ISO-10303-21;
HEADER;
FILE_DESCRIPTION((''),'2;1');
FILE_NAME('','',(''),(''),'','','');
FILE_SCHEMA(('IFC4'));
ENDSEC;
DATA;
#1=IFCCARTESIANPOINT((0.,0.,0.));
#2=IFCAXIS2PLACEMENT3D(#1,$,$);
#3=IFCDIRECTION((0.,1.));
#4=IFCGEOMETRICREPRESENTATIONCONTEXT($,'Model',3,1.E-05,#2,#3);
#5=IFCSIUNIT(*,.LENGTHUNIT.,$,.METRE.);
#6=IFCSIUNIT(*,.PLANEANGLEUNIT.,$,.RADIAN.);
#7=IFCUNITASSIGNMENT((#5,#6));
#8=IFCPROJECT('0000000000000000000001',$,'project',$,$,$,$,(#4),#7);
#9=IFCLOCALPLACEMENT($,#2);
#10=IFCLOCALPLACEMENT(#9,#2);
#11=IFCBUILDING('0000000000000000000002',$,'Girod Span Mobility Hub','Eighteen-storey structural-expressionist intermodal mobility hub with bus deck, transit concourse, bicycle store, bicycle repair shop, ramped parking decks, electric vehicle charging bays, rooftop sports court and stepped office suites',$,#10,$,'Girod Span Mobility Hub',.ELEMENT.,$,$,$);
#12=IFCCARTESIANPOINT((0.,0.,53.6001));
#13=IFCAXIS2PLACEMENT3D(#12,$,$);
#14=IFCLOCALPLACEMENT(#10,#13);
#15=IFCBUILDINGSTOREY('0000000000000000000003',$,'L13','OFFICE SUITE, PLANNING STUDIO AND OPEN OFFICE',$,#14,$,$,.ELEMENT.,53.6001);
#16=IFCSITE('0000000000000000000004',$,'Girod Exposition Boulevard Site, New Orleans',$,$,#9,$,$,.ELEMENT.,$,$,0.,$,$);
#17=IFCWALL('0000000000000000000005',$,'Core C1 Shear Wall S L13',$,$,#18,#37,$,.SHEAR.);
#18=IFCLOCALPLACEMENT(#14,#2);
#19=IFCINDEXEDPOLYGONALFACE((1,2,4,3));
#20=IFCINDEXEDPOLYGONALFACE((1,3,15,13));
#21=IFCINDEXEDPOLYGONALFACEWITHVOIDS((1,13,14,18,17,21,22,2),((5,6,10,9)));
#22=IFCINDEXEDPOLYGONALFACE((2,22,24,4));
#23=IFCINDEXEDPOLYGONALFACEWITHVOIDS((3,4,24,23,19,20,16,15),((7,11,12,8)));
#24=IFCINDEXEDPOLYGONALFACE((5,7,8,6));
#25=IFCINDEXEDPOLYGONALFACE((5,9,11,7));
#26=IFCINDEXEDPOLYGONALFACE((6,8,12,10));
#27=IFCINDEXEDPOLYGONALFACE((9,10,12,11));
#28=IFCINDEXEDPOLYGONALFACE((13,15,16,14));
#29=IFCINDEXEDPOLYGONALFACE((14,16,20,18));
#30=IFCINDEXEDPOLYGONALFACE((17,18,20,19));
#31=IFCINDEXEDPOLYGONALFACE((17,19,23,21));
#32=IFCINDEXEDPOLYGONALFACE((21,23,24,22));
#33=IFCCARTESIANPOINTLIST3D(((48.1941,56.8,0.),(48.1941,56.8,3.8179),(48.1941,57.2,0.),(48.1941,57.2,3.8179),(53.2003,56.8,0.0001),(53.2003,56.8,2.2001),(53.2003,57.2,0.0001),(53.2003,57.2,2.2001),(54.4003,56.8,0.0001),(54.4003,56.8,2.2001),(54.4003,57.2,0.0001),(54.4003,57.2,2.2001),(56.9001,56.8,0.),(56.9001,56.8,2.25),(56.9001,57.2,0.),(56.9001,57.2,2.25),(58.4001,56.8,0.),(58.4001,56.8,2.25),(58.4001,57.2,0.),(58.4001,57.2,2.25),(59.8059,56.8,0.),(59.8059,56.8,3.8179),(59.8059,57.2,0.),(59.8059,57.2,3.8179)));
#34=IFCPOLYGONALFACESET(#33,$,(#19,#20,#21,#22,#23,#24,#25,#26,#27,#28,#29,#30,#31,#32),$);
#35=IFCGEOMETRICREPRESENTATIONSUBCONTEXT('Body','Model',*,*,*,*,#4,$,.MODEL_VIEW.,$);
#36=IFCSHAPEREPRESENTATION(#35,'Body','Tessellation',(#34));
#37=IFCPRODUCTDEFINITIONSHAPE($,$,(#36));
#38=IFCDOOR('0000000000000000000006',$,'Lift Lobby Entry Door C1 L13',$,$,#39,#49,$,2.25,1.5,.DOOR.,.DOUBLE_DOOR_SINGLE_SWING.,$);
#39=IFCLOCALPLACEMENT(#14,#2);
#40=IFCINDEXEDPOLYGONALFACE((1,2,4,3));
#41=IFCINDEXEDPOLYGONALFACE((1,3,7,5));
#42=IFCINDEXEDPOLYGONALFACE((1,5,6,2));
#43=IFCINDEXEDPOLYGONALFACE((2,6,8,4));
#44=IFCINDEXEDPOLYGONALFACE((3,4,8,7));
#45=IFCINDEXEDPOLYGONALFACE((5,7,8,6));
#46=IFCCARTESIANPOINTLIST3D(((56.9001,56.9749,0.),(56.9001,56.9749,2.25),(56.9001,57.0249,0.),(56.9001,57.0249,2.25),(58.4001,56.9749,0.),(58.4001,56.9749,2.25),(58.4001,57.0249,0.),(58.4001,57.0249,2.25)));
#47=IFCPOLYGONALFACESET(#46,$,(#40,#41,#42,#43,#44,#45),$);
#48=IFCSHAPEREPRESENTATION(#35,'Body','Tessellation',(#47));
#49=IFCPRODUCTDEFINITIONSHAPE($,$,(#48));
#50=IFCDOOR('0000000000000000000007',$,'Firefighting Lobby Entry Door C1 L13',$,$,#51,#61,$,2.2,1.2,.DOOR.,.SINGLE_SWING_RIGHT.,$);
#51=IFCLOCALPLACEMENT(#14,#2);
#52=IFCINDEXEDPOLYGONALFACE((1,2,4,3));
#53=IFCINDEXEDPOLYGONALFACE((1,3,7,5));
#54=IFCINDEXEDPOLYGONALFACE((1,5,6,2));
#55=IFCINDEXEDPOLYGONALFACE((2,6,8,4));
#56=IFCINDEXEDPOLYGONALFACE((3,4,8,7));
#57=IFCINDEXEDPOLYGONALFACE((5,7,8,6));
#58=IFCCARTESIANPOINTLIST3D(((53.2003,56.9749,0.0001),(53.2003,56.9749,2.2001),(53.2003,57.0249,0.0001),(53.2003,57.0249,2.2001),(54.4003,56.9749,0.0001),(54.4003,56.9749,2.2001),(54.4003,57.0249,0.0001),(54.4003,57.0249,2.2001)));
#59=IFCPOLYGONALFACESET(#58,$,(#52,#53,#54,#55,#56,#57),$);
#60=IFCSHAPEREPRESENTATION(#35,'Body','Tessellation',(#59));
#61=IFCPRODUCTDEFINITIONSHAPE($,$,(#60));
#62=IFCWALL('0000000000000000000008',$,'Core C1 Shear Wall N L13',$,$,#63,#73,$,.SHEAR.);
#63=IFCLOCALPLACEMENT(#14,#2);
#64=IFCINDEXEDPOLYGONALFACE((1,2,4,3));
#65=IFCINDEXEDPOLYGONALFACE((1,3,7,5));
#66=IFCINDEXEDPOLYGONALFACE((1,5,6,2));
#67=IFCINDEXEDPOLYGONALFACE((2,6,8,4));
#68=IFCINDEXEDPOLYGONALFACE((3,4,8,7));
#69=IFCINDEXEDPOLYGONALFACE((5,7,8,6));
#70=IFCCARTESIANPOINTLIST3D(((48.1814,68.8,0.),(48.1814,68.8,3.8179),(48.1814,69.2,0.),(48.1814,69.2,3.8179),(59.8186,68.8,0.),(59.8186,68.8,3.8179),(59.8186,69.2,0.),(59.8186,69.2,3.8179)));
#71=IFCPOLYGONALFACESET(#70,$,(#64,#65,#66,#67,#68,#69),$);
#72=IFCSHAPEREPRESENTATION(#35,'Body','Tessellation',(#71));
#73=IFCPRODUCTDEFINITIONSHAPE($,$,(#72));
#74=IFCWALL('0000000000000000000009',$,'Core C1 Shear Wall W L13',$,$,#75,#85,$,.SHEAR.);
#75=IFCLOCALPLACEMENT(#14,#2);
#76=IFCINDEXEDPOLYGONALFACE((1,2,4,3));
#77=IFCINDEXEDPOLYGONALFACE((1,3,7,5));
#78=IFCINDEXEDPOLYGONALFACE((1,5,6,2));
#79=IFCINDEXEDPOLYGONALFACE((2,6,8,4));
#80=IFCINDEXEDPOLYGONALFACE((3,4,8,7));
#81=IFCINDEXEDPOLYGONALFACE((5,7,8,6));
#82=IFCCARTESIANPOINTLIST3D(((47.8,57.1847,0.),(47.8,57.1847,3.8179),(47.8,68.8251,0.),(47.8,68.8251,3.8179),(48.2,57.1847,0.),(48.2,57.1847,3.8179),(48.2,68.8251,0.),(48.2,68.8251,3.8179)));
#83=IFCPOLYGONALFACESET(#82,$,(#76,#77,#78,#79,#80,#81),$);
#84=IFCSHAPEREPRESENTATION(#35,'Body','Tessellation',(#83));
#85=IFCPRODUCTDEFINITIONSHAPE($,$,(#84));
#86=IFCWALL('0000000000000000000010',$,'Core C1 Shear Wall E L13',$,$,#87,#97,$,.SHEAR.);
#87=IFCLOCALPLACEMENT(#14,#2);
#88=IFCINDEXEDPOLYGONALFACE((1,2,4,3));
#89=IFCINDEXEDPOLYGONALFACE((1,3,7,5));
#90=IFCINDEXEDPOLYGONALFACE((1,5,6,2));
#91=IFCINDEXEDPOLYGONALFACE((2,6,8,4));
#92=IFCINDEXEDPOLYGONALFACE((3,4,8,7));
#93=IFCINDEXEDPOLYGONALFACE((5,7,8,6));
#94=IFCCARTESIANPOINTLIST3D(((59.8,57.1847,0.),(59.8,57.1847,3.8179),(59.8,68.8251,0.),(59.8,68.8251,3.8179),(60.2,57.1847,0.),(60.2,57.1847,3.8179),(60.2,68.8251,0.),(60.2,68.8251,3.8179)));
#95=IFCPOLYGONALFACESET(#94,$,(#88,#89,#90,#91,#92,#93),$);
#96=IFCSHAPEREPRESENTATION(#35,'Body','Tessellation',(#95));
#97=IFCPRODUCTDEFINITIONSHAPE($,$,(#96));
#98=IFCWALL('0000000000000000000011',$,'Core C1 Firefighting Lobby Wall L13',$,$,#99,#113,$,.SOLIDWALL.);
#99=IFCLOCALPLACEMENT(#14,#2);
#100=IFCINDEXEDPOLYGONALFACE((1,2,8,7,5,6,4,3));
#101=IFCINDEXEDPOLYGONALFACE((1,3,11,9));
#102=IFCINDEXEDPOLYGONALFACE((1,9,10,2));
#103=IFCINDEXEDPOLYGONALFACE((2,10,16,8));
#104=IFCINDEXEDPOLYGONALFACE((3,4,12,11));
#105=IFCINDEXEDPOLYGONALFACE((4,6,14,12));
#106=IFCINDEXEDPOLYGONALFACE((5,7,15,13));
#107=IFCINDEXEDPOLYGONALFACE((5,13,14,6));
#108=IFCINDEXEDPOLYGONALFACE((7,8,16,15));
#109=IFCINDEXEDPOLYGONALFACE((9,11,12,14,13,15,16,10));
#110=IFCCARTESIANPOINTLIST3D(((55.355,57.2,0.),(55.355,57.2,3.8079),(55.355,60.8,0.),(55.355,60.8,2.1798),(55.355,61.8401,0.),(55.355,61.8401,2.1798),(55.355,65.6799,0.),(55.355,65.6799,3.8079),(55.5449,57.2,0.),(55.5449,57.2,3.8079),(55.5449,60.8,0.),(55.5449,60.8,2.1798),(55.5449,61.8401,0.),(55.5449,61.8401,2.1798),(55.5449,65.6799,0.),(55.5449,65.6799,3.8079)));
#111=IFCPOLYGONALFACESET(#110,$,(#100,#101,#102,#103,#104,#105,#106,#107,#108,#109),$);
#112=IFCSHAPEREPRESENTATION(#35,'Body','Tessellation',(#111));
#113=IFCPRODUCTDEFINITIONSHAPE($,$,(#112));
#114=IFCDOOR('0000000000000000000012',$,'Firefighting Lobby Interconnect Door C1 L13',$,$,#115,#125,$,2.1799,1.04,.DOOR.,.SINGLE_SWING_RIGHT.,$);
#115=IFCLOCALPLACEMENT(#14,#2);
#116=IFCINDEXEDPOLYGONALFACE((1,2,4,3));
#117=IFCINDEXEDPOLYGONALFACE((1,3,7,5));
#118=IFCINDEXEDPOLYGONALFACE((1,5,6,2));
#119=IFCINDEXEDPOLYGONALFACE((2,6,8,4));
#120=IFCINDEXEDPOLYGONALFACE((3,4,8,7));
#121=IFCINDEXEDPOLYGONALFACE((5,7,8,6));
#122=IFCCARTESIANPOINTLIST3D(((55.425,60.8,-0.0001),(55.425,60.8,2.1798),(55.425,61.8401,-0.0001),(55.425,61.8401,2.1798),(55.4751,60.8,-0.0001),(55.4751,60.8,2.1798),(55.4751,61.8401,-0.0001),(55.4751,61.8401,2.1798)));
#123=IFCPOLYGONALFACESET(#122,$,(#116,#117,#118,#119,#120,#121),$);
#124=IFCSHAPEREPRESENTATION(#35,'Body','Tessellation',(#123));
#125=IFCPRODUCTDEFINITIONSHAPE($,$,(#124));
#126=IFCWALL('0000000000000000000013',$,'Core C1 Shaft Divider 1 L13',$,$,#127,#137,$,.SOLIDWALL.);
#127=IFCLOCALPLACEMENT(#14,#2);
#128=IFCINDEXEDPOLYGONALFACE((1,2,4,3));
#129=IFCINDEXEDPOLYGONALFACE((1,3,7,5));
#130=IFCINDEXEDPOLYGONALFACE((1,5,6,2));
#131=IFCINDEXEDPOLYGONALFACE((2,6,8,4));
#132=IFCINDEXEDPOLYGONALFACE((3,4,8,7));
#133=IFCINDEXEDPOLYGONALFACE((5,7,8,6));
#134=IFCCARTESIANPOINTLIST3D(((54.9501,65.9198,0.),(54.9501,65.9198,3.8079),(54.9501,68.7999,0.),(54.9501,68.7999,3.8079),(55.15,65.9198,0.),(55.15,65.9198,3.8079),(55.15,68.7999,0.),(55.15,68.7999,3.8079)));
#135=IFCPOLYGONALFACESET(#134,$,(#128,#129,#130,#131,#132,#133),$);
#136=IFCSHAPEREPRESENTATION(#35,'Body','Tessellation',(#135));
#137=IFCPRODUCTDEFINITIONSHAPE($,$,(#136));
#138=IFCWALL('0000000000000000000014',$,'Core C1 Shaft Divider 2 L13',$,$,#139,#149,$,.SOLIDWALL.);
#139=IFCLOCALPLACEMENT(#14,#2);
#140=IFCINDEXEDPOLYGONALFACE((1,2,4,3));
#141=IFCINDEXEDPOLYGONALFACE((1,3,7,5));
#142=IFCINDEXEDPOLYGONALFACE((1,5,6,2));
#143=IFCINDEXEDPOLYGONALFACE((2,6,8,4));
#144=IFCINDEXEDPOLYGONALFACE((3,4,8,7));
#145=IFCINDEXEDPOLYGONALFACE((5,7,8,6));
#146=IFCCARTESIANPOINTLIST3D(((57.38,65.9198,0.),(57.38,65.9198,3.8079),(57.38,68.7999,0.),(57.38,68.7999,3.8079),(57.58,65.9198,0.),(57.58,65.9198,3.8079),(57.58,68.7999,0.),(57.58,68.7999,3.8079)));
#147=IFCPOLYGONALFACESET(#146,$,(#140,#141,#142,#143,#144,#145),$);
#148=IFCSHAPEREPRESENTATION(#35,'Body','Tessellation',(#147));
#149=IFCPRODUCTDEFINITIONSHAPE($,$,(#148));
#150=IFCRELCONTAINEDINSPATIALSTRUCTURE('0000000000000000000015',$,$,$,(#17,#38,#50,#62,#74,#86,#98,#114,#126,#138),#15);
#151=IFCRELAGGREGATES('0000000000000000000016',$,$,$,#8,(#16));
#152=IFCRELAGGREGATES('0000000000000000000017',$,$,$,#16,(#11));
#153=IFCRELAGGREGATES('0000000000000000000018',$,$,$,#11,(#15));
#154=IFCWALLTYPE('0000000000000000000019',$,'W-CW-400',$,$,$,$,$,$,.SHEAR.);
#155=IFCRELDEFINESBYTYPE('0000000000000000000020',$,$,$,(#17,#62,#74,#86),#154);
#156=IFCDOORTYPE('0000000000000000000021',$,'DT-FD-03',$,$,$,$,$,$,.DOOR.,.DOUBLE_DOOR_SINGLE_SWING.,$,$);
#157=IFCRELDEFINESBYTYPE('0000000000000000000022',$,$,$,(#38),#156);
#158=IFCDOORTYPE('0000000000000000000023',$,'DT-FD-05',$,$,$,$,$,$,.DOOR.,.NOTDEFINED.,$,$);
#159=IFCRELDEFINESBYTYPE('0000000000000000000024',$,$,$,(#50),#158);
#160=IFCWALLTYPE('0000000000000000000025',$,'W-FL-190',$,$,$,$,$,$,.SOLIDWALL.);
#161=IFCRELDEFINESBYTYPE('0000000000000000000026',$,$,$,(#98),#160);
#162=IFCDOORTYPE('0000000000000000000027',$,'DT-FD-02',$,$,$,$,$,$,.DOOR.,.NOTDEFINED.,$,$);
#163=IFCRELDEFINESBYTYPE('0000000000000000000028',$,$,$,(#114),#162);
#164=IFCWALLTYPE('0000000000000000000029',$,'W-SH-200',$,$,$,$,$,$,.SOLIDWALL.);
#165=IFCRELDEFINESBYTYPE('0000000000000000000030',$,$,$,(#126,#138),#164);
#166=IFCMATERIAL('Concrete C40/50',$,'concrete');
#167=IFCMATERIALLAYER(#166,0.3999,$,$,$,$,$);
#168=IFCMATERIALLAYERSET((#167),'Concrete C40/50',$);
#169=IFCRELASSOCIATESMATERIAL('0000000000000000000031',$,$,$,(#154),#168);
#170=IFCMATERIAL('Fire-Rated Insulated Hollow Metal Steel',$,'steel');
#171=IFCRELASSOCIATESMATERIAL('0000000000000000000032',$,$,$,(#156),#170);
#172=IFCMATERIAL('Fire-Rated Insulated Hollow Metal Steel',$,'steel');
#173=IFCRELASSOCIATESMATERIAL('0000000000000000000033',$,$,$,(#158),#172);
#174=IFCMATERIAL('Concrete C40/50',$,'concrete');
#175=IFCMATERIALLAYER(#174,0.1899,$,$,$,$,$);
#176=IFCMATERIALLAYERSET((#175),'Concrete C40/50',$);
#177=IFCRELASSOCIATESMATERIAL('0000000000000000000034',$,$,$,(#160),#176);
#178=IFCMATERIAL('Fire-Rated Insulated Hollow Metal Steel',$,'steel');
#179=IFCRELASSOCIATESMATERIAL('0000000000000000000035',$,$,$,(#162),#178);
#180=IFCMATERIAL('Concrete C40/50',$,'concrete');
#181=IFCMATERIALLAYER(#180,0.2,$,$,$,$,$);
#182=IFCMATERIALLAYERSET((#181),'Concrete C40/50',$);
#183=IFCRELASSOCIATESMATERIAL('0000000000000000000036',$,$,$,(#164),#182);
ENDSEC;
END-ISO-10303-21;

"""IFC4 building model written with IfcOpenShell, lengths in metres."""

from ifc_helpers import new_model, si_unit, direction, frame, frame_2d, origin, place, context, subcontext, project, spatial, rectangle, extrude, material, layer, layer_set, type_object, element, fill, save


model = new_model("IFC4")

# Units and contexts
model_context = context("Model", 3, precision=1e-05, world=origin(), true_north=direction((0.0, 1.0)))
body_context = subcontext(model_context, "Body", "Model", "MODEL_VIEW")
ifc_project = project(units=[si_unit("LENGTHUNIT", "METRE"), si_unit("PLANEANGLEUNIT", "RADIAN")], contexts=[model_context])

# Site, building, storey
site_placement = place(None, origin())
site = spatial("IfcSite", under=ifc_project, at=site_placement, Name="Girod Exposition Boulevard Site, New Orleans", CompositionType="ELEMENT", RefElevation=0.0)
building_placement = place(site_placement, origin())
building = spatial("IfcBuilding", under=site, at=building_placement, Name="Girod Span Mobility Hub", Description="Eighteen-storey structural-expressionist intermodal mobility hub with bus deck, transit concourse, bicycle store, bicycle repair shop, ramped parking decks, electric vehicle charging bays, rooftop sports court and stepped office suites", LongName="Girod Span Mobility Hub", CompositionType="ELEMENT")
storey_placement = place(building_placement, frame((0.0, 0.0, 53.6001)))
storey = spatial("IfcBuildingStorey", under=building, at=storey_placement, Name="L13", Description="OFFICE SUITE, PLANNING STUDIO AND OPEN OFFICE", CompositionType="ELEMENT", Elevation=53.6001)

# Wall, openings, doors
ifc_material_1 = material(Name="Concrete C40/50", Category="concrete")
ifc_layer_1 = layer(ifc_material_1, 0.3999)
ifc_layer_set_1 = layer_set([ifc_layer_1], Name="Concrete C40/50")
wall_type_1 = type_object("IfcWallType", Name="W-CW-400", PredefinedType="SHEAR", material=ifc_layer_set_1)
wall_1_placement = place(storey_placement, frame((48.1941, 57.0, 0.0), z_axis=(0.0, 0.0, 1.0), x_axis=(1.0, 0.0, 0.0)))
wall_1 = element("IfcWall", 1, at=wall_1_placement, inside=storey, type_object=wall_type_1, Name="Core C1 Shear Wall S L13", PredefinedType="SHEAR", context=body_context, shape_type="SweptSolid", body=[
    extrude(rectangle(XDim=11.6118, YDim=0.3999, at=frame_2d((5.8059, 0.0))), origin(), (0.0, 0.0, 1.0), 3.8179),
])
opening_1_placement = place(wall_1_placement, frame((5.0061, 0.0, 0.0)))
opening_1 = element("IfcOpeningElement", 2, at=opening_1_placement, cuts=wall_1, PredefinedType="OPENING", context=body_context, shape_type="SweptSolid", body=[
    extrude(rectangle(XDim=1.2, YDim=2.2, at=frame_2d((0.6001, 1.1001))), frame((0.0, 0.2148, 0.0), z_axis=(0.0, -1.0, 0.0), x_axis=(1.0, 0.0, 0.0)), (0.0, 0.0, 1.0), 0.4299),
])
opening_2_placement = place(wall_1_placement, frame((8.7061, 0.0, 0.0)))
opening_2 = element("IfcOpeningElement", 3, at=opening_2_placement, cuts=wall_1, PredefinedType="OPENING", context=body_context, shape_type="SweptSolid", body=[
    extrude(rectangle(XDim=1.5, YDim=2.25, at=frame_2d((0.75, 1.125))), frame((0.0, 0.2148, 0.0), z_axis=(0.0, -1.0, 0.0), x_axis=(1.0, 0.0, 0.0)), (0.0, 0.0, 1.0), 0.4299),
])
ifc_material_2 = material(Name="Fire-Rated Insulated Hollow Metal Steel", Category="steel")
door_type_1 = type_object("IfcDoorType", Name="DT-FD-03", OperationType="DOUBLE_DOOR_SINGLE_SWING", PredefinedType="DOOR", material=ifc_material_2)
door_1_placement = place(opening_2_placement, origin())
door_1 = element("IfcDoor", 4, at=door_1_placement, inside=storey, type_object=door_type_1, Name="Lift Lobby Entry Door C1 L13", OperationType="DOUBLE_DOOR_SINGLE_SWING", OverallHeight=2.25, OverallWidth=1.5, PredefinedType="DOOR", context=body_context, shape_type="SweptSolid", body=[
    extrude(rectangle(XDim=1.5, YDim=2.25, at=frame_2d((0.75, 1.125))), frame((0.0, 0.0249, 0.0), z_axis=(0.0, -1.0, 0.0), x_axis=(1.0, 0.0, 0.0)), (0.0, 0.0, 1.0), 0.05),
])
fill(opening_2, door_1)
ifc_material_3 = material(Name="Fire-Rated Insulated Hollow Metal Steel", Category="steel")
door_type_2 = type_object("IfcDoorType", Name="DT-FD-05", OperationType="NOTDEFINED", PredefinedType="DOOR", material=ifc_material_3)
door_2_placement = place(opening_1_placement, origin())
door_2 = element("IfcDoor", 5, at=door_2_placement, inside=storey, type_object=door_type_2, Name="Firefighting Lobby Entry Door C1 L13", OperationType="SINGLE_SWING_RIGHT", OverallHeight=2.2, OverallWidth=1.2, PredefinedType="DOOR", context=body_context, shape_type="SweptSolid", body=[
    extrude(rectangle(XDim=1.2, YDim=2.2, at=frame_2d((0.6001, 1.1001))), frame((0.0, 0.0249, 0.0), z_axis=(0.0, -1.0, 0.0), x_axis=(1.0, 0.0, 0.0)), (0.0, 0.0, 1.0), 0.05),
])
fill(opening_1, door_2)

# Walls
wall_2_placement = place(storey_placement, frame((48.1814, 69.0, 0.0), z_axis=(0.0, 0.0, 1.0), x_axis=(1.0, 0.0, 0.0)))
element("IfcWall", 6, at=wall_2_placement, inside=storey, type_object=wall_type_1, Name="Core C1 Shear Wall N L13", PredefinedType="SHEAR", context=body_context, shape_type="SweptSolid", body=[
    extrude(rectangle(XDim=11.6372, YDim=0.3999, at=frame_2d((5.8186, 0.0))), origin(), (0.0, 0.0, 1.0), 3.8179),
])
for number, where, z_axis, x_axis, name in (
    (7, (48.0, 57.1846, 0.0), (0.0, 0.0, 1.0), (0.0, 1.0, 0.0), "Core C1 Shear Wall W L13"),
    (8, (60.0, 57.1846, 0.0), (0.0, 0.0, 1.0), (0.0, 1.0, 0.0), "Core C1 Shear Wall E L13"),
):
    element("IfcWall", number, at=place(storey_placement, frame(where, z_axis=z_axis, x_axis=x_axis)), inside=storey, type_object=wall_type_1, Name=name, PredefinedType="SHEAR", context=body_context, shape_type="SweptSolid", body=[
        extrude(rectangle(XDim=11.6404, YDim=0.3999, at=frame_2d((5.8203, 0.0))), origin(), (0.0, 0.0, 1.0), 3.8179),
    ])

# Wall, opening, door
ifc_material_4 = material(Name="Concrete C40/50", Category="concrete")
ifc_layer_2 = layer(ifc_material_4, 0.1899)
ifc_layer_set_2 = layer_set([ifc_layer_2], Name="Concrete C40/50")
wall_type_2 = type_object("IfcWallType", Name="W-FL-190", PredefinedType="SOLIDWALL", material=ifc_layer_set_2)
wall_3_placement = place(storey_placement, frame((55.45, 57.2, 0.0), z_axis=(0.0, 0.0, 1.0), x_axis=(0.0, 1.0, 0.0)))
wall_3 = element("IfcWall", 9, at=wall_3_placement, inside=storey, type_object=wall_type_2, Name="Core C1 Firefighting Lobby Wall L13", PredefinedType="SOLIDWALL", context=body_context, shape_type="SweptSolid", body=[
    extrude(rectangle(XDim=8.48, YDim=0.1899, at=frame_2d((4.24, 0.0))), origin(), (0.0, 0.0, 1.0), 3.8079),
])
opening_3_placement = place(wall_3_placement, frame((3.6001, 0.0, 0.0)))
opening_3 = element("IfcOpeningElement", 10, at=opening_3_placement, cuts=wall_3, PredefinedType="OPENING", context=body_context, shape_type="SweptSolid", body=[
    extrude(rectangle(XDim=1.04, YDim=2.1799, at=frame_2d((0.52, 1.0898))), frame((0.0, 0.1099, 0.0), z_axis=(0.0, -1.0, 0.0), x_axis=(1.0, 0.0, 0.0)), (0.0, 0.0, 1.0), 0.22),
])
ifc_material_5 = material(Name="Fire-Rated Insulated Hollow Metal Steel", Category="steel")
door_type_3 = type_object("IfcDoorType", Name="DT-FD-02", OperationType="NOTDEFINED", PredefinedType="DOOR", material=ifc_material_5)
door_3_placement = place(opening_3_placement, origin())
door_3 = element("IfcDoor", 11, at=door_3_placement, inside=storey, type_object=door_type_3, Name="Firefighting Lobby Interconnect Door C1 L13", OperationType="SINGLE_SWING_RIGHT", OverallHeight=2.1799, OverallWidth=1.04, PredefinedType="DOOR", context=body_context, shape_type="SweptSolid", body=[
    extrude(rectangle(XDim=1.04, YDim=2.1799, at=frame_2d((0.52, 1.0898))), frame((0.0, 0.0249, 0.0), z_axis=(0.0, -1.0, 0.0), x_axis=(1.0, 0.0, 0.0)), (0.0, 0.0, 1.0), 0.05),
])
fill(opening_3, door_3)

# Walls
ifc_material_6 = material(Name="Concrete C40/50", Category="concrete")
ifc_layer_3 = layer(ifc_material_6, 0.2)
ifc_layer_set_3 = layer_set([ifc_layer_3], Name="Concrete C40/50")
wall_type_3 = type_object("IfcWallType", Name="W-SH-200", PredefinedType="SOLIDWALL", material=ifc_layer_set_3)
for number, where, z_axis, x_axis, name in (
    (12, (55.05, 65.9199, 0.0), (0.0, 0.0, 1.0), (0.0, 1.0, 0.0), "Core C1 Shaft Divider 1 L13"),
    (13, (57.48, 65.9199, 0.0), (0.0, 0.0, 1.0), (0.0, 1.0, 0.0), "Core C1 Shaft Divider 2 L13"),
):
    element("IfcWall", number, at=place(storey_placement, frame(where, z_axis=z_axis, x_axis=x_axis)), inside=storey, type_object=wall_type_3, Name=name, PredefinedType="SOLIDWALL", context=body_context, shape_type="SweptSolid", body=[
        extrude(rectangle(XDim=2.8801, YDim=0.2, at=frame_2d((1.4399, 0.0))), origin(), (0.0, 0.0, 1.0), 3.8079),
    ])

save(model, "model.ifc")
